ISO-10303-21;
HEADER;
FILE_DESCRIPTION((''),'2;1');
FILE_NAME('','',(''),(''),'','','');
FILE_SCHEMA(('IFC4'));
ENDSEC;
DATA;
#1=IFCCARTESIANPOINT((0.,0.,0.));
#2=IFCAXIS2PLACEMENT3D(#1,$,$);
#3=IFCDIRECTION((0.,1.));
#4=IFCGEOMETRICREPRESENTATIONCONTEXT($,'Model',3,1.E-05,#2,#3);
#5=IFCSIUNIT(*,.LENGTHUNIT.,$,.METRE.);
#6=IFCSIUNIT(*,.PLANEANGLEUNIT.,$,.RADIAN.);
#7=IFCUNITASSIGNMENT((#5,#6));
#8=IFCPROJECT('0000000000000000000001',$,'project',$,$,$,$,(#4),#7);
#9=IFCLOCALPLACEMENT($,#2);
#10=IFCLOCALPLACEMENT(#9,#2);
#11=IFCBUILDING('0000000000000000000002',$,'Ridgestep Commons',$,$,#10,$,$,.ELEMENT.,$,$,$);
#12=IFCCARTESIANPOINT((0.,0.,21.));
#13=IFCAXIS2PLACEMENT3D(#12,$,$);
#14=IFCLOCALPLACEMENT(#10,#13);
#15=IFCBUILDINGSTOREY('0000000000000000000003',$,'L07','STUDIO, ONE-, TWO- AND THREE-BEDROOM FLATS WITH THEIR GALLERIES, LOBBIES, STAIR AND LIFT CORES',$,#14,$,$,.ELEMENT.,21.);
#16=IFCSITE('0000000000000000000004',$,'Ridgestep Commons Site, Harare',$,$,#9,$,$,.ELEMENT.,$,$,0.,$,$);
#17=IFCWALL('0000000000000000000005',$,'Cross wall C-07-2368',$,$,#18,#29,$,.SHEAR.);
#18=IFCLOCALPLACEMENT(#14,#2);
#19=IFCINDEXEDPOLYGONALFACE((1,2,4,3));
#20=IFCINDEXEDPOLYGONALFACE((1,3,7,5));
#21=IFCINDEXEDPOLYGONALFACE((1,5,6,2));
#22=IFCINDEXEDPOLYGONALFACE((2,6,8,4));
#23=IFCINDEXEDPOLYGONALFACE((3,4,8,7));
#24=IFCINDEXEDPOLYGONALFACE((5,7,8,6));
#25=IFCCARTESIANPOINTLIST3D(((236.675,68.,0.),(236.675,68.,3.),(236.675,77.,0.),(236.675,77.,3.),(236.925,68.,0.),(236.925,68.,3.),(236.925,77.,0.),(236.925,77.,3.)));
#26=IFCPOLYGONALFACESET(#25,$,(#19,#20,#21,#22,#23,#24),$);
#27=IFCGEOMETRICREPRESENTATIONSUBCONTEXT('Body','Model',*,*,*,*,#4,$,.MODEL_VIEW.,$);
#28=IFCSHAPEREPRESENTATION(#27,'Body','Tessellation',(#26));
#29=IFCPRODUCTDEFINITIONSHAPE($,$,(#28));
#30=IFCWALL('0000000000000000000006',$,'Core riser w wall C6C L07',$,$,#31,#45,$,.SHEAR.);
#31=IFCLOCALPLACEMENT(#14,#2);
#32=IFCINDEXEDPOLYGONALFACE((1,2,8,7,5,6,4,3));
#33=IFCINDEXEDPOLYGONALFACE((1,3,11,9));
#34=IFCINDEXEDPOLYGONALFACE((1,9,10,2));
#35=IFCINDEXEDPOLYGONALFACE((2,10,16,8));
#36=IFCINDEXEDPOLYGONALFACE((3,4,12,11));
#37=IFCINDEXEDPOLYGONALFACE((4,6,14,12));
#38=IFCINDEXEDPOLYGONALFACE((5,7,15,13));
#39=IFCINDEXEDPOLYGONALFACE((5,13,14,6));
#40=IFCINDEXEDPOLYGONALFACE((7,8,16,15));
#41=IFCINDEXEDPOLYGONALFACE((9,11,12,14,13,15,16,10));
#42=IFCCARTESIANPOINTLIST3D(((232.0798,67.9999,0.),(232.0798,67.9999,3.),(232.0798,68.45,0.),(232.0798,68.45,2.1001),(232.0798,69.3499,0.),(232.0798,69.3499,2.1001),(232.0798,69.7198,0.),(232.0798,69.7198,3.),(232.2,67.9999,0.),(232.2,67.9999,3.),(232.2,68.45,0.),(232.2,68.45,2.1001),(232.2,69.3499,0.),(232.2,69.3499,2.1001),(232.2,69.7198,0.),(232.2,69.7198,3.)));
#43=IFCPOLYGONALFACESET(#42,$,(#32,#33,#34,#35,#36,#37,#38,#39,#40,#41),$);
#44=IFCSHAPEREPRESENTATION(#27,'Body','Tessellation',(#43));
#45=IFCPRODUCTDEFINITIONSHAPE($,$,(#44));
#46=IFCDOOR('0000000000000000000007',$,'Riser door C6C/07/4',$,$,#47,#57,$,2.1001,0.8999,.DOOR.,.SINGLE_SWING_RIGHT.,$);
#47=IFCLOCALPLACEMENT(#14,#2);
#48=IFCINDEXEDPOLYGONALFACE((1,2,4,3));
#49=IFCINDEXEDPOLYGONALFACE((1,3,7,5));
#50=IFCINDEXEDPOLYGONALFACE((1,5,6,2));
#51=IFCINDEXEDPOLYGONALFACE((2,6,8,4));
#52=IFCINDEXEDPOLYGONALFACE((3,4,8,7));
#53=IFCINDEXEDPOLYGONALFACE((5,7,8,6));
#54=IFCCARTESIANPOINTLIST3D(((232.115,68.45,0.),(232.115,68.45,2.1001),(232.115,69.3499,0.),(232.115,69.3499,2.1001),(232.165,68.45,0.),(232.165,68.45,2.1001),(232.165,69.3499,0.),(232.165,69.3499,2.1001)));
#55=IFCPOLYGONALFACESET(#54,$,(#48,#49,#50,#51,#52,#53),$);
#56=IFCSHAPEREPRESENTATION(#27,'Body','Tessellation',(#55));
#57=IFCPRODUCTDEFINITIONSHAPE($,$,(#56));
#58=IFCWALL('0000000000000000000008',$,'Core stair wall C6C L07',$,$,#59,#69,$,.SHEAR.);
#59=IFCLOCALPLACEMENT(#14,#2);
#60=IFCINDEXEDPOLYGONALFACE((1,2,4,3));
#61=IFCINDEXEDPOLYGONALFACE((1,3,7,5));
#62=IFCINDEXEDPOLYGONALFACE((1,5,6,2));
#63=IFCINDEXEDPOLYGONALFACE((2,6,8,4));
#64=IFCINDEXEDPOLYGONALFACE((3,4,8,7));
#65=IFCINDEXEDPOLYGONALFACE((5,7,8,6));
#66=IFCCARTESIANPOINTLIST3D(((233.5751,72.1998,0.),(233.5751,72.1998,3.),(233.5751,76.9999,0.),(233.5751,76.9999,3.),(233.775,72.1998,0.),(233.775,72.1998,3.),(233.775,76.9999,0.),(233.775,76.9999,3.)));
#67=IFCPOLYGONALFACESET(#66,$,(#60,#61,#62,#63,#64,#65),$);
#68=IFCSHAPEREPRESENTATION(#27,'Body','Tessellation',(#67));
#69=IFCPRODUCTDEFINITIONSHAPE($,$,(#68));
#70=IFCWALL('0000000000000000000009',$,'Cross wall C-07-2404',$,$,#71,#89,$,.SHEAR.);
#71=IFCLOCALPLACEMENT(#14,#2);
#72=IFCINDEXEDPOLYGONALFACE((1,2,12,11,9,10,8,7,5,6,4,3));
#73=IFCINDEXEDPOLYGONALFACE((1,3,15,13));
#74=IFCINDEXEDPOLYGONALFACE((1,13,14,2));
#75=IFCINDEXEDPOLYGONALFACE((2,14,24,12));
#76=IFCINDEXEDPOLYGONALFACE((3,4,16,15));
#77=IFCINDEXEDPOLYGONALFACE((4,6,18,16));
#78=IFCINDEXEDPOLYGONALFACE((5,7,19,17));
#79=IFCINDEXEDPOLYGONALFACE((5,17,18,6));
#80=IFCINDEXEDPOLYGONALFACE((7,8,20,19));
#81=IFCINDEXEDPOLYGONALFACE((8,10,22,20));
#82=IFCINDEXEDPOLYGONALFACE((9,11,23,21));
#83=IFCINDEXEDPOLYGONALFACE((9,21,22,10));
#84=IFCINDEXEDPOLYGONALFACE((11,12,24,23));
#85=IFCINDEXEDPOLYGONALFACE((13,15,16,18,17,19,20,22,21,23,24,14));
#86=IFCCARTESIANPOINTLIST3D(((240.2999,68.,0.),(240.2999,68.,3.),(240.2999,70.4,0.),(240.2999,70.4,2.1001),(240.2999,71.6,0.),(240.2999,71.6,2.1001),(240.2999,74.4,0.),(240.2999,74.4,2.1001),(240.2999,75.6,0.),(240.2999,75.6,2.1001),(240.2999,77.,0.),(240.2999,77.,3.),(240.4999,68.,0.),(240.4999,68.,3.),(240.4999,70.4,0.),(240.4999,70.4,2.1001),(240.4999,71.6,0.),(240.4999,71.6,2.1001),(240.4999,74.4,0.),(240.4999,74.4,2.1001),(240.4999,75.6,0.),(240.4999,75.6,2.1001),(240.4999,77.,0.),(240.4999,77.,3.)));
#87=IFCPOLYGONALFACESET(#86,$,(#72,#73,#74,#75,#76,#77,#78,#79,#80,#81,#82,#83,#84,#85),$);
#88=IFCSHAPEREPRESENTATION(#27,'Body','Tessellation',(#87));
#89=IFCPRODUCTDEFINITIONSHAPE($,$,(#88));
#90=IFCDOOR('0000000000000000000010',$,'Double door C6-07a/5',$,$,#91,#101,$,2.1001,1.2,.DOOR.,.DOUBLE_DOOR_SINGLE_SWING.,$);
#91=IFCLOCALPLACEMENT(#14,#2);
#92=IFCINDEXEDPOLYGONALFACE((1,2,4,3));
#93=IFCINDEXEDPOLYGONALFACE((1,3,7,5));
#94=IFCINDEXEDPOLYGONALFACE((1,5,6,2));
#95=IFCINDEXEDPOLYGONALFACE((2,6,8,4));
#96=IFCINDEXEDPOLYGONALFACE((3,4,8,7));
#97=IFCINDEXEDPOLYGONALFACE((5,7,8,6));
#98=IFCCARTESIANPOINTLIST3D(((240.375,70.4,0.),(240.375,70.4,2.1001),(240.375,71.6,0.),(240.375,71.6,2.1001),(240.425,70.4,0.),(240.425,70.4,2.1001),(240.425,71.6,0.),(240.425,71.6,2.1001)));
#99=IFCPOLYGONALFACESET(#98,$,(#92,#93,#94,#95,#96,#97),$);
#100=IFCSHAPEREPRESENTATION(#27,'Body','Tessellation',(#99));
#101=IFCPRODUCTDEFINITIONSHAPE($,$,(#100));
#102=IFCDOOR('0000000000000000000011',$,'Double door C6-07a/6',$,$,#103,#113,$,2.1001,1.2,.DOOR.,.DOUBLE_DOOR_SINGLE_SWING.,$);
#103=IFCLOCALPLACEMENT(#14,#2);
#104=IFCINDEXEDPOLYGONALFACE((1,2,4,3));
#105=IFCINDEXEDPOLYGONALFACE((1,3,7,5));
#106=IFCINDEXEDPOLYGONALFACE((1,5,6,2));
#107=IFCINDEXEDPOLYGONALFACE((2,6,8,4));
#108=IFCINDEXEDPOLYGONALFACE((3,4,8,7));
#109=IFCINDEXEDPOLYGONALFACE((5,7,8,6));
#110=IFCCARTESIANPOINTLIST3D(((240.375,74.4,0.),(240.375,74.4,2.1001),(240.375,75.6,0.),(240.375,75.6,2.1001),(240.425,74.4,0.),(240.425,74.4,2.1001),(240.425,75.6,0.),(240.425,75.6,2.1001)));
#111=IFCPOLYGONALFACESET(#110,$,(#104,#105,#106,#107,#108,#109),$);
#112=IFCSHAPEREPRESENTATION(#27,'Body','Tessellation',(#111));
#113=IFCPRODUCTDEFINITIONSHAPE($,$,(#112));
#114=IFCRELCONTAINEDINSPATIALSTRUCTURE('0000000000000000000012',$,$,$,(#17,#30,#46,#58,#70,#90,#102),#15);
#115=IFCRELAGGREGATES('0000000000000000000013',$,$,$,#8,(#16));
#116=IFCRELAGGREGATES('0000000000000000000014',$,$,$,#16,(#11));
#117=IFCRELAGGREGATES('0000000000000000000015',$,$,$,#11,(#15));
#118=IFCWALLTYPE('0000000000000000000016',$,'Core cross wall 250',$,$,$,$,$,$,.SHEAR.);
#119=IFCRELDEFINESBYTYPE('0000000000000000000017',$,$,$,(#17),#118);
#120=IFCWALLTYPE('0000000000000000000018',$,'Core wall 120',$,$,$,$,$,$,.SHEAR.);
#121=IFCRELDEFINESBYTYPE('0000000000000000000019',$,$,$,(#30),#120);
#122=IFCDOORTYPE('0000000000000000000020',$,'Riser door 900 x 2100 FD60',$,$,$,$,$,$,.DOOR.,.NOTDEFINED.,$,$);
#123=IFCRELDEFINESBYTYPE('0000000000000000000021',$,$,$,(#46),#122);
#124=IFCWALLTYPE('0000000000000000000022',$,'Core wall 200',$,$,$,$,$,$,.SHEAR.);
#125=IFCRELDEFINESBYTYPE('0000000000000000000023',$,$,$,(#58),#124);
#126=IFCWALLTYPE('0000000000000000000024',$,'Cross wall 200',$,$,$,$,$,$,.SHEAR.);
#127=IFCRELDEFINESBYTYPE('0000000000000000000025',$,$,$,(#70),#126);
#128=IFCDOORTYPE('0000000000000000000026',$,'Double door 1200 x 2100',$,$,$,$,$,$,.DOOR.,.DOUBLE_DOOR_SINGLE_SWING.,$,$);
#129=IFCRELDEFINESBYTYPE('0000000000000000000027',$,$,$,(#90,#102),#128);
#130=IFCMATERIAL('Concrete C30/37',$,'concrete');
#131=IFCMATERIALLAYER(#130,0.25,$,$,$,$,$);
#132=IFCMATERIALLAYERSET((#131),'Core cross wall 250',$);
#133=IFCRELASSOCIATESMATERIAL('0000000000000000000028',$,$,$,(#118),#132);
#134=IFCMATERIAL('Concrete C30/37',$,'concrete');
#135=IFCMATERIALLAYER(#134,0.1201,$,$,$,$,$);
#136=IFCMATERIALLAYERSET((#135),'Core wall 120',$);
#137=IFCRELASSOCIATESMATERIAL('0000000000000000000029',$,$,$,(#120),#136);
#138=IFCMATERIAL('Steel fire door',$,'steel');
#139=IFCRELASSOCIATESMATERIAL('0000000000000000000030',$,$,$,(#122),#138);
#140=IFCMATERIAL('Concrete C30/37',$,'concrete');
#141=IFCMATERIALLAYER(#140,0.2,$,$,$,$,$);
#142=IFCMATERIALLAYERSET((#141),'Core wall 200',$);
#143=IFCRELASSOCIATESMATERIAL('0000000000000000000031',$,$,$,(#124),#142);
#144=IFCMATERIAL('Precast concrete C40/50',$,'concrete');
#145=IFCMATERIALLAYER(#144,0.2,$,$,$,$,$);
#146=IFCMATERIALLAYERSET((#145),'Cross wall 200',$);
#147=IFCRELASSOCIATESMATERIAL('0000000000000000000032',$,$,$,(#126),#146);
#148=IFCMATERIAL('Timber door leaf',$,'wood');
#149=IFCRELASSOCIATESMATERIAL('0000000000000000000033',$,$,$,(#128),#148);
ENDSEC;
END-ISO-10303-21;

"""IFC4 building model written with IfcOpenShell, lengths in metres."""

from ifc_helpers import new_model, si_unit, direction, frame, frame_2d, origin, place, context, subcontext, project, spatial, rectangle, extrude, material, layer, layer_set, type_object, element, fill, save


model = new_model("IFC4")

# Units and contexts
model_context = context("Model", 3, precision=1e-05, world=origin(), true_north=direction((0.0, 1.0)))
body_context = subcontext(model_context, "Body", "Model", "MODEL_VIEW")
ifc_project = project(units=[si_unit("LENGTHUNIT", "METRE"), si_unit("PLANEANGLEUNIT", "RADIAN")], contexts=[model_context])

# Site, building, storey
site_placement = place(None, origin())
site = spatial("IfcSite", under=ifc_project, at=site_placement, Name="Ridgestep Commons Site, Harare", CompositionType="ELEMENT", RefElevation=0.0)
building_placement = place(site_placement, origin())
building = spatial("IfcBuilding", under=site, at=building_placement, Name="Ridgestep Commons", CompositionType="ELEMENT")
storey_placement = place(building_placement, frame((0.0, 0.0, 21.0)))
storey = spatial("IfcBuildingStorey", under=building, at=storey_placement, Name="L07", Description="STUDIO, ONE-, TWO- AND THREE-BEDROOM FLATS WITH THEIR GALLERIES, LOBBIES, STAIR AND LIFT CORES", CompositionType="ELEMENT", Elevation=21.0)

# Wall
ifc_material_1 = material(Name="Concrete C30/37", Category="concrete")
ifc_layer_1 = layer(ifc_material_1, 0.25)
ifc_layer_set_1 = layer_set([ifc_layer_1], Name="Core cross wall 250")
wall_type_1 = type_object("IfcWallType", Name="Core cross wall 250", PredefinedType="SHEAR", material=ifc_layer_set_1)
wall_1_placement = place(storey_placement, frame((236.8, 68.0, 0.0), z_axis=(0.0, 0.0, 1.0), x_axis=(0.0, 1.0, 0.0)))
element("IfcWall", 1, at=wall_1_placement, inside=storey, type_object=wall_type_1, Name="Cross wall C-07-2368", PredefinedType="SHEAR", context=body_context, shape_type="SweptSolid", body=[
    extrude(rectangle(XDim=9.0, YDim=0.25, at=frame_2d((4.5, 0.0))), origin(), (0.0, 0.0, 1.0), 3.0),
])

# Wall, opening, door
ifc_material_2 = material(Name="Concrete C30/37", Category="concrete")
ifc_layer_2 = layer(ifc_material_2, 0.1201)
ifc_layer_set_2 = layer_set([ifc_layer_2], Name="Core wall 120")
wall_type_2 = type_object("IfcWallType", Name="Core wall 120", PredefinedType="SHEAR", material=ifc_layer_set_2)
wall_2_placement = place(storey_placement, frame((232.1399, 68.0, 0.0), z_axis=(0.0, 0.0, 1.0), x_axis=(0.0, 1.0, 0.0)))
wall_2 = element("IfcWall", 2, at=wall_2_placement, inside=storey, type_object=wall_type_2, Name="Core riser w wall C6C L07", PredefinedType="SHEAR", context=body_context, shape_type="SweptSolid", body=[
    extrude(rectangle(XDim=1.72, YDim=0.1201, at=frame_2d((0.8599, 0.0))), origin(), (0.0, 0.0, 1.0), 3.0),
])
opening_1_placement = place(wall_2_placement, frame((0.45, 0.0, 0.0)))
opening_1 = element("IfcOpeningElement", 3, at=opening_1_placement, cuts=wall_2, PredefinedType="OPENING", context=body_context, shape_type="SweptSolid", body=[
    extrude(rectangle(XDim=0.8999, YDim=2.1001, at=frame_2d((0.45, 1.05))), frame((0.0, 0.0701, 0.0), z_axis=(0.0, -1.0, 0.0), x_axis=(1.0, 0.0, 0.0)), (0.0, 0.0, 1.0), 0.1401),
])
ifc_material_3 = material(Name="Steel fire door", Category="steel")
door_type_1 = type_object("IfcDoorType", Name="Riser door 900 x 2100 FD60", OperationType="NOTDEFINED", PredefinedType="DOOR", material=ifc_material_3)
door_1_placement = place(opening_1_placement, origin())
door_1 = element("IfcDoor", 4, at=door_1_placement, inside=storey, type_object=door_type_1, Name="Riser door C6C/07/4", OperationType="SINGLE_SWING_RIGHT", OverallHeight=2.1001, OverallWidth=0.8999, PredefinedType="DOOR", context=body_context, shape_type="SweptSolid", body=[
    extrude(rectangle(XDim=0.8999, YDim=2.1001, at=frame_2d((0.45, 1.05))), frame((0.0, 0.0249, 0.0), z_axis=(0.0, -1.0, 0.0), x_axis=(1.0, 0.0, 0.0)), (0.0, 0.0, 1.0), 0.05),
])
fill(opening_1, door_1)

# Wall
ifc_material_4 = material(Name="Concrete C30/37", Category="concrete")
ifc_layer_3 = layer(ifc_material_4, 0.2)
ifc_layer_set_3 = layer_set([ifc_layer_3], Name="Core wall 200")
wall_type_3 = type_object("IfcWallType", Name="Core wall 200", PredefinedType="SHEAR", material=ifc_layer_set_3)
wall_3_placement = place(storey_placement, frame((233.675, 72.2, 0.0), z_axis=(0.0, 0.0, 1.0), x_axis=(0.0, 1.0, 0.0)))
element("IfcWall", 5, at=wall_3_placement, inside=storey, type_object=wall_type_3, Name="Core stair wall C6C L07", PredefinedType="SHEAR", context=body_context, shape_type="SweptSolid", body=[
    extrude(rectangle(XDim=4.8, YDim=0.2, at=frame_2d((2.3999, 0.0))), origin(), (0.0, 0.0, 1.0), 3.0),
])

# Wall, openings, doors
ifc_material_5 = material(Name="Precast concrete C40/50", Category="concrete")
ifc_layer_4 = layer(ifc_material_5, 0.2)
ifc_layer_set_4 = layer_set([ifc_layer_4], Name="Cross wall 200")
wall_type_4 = type_object("IfcWallType", Name="Cross wall 200", PredefinedType="SHEAR", material=ifc_layer_set_4)
wall_4_placement = place(storey_placement, frame((240.3999, 68.0, 0.0), z_axis=(0.0, 0.0, 1.0), x_axis=(0.0, 1.0, 0.0)))
wall_4 = element("IfcWall", 6, at=wall_4_placement, inside=storey, type_object=wall_type_4, Name="Cross wall C-07-2404", PredefinedType="SHEAR", context=body_context, shape_type="SweptSolid", body=[
    extrude(rectangle(XDim=9.0, YDim=0.2, at=frame_2d((4.5, 0.0))), origin(), (0.0, 0.0, 1.0), 3.0),
])
opening_2_placement = place(wall_4_placement, frame((2.3999, 0.0, 0.0)))
opening_2 = element("IfcOpeningElement", 7, at=opening_2_placement, cuts=wall_4, PredefinedType="OPENING", context=body_context, shape_type="SweptSolid", body=[
    extrude(rectangle(XDim=1.2, YDim=2.1001, at=frame_2d((0.6001, 1.05))), frame((0.0, 0.1099, 0.0), z_axis=(0.0, -1.0, 0.0), x_axis=(1.0, 0.0, 0.0)), (0.0, 0.0, 1.0), 0.22),
])
opening_3_placement = place(wall_4_placement, frame((6.3999, 0.0, 0.0)))
opening_3 = element("IfcOpeningElement", 8, at=opening_3_placement, cuts=wall_4, PredefinedType="OPENING", context=body_context, shape_type="SweptSolid", body=[
    extrude(rectangle(XDim=1.2, YDim=2.1001, at=frame_2d((0.6001, 1.05))), frame((0.0, 0.1099, 0.0), z_axis=(0.0, -1.0, 0.0), x_axis=(1.0, 0.0, 0.0)), (0.0, 0.0, 1.0), 0.22),
])
ifc_material_6 = material(Name="Timber door leaf", Category="wood")
door_type_2 = type_object("IfcDoorType", Name="Double door 1200 x 2100", OperationType="DOUBLE_DOOR_SINGLE_SWING", PredefinedType="DOOR", material=ifc_material_6)
door_2_placement = place(opening_2_placement, origin())
door_2 = element("IfcDoor", 9, at=door_2_placement, inside=storey, type_object=door_type_2, Name="Double door C6-07a/5", OperationType="DOUBLE_DOOR_SINGLE_SWING", OverallHeight=2.1001, OverallWidth=1.2, PredefinedType="DOOR", context=body_context, shape_type="SweptSolid", body=[
    extrude(rectangle(XDim=1.2, YDim=2.1001, at=frame_2d((0.6001, 1.05))), frame((0.0, 0.0249, 0.0), z_axis=(0.0, -1.0, 0.0), x_axis=(1.0, 0.0, 0.0)), (0.0, 0.0, 1.0), 0.05),
])
fill(opening_2, door_2)
door_3_placement = place(opening_3_placement, origin())
door_3 = element("IfcDoor", 10, at=door_3_placement, inside=storey, type_object=door_type_2, Name="Double door C6-07a/6", OperationType="DOUBLE_DOOR_SINGLE_SWING", OverallHeight=2.1001, OverallWidth=1.2, PredefinedType="DOOR", context=body_context, shape_type="SweptSolid", body=[
    extrude(rectangle(XDim=1.2, YDim=2.1001, at=frame_2d((0.6001, 1.05))), frame((0.0, 0.0249, 0.0), z_axis=(0.0, -1.0, 0.0), x_axis=(1.0, 0.0, 0.0)), (0.0, 0.0, 1.0), 0.05),
])
fill(opening_3, door_3)

save(model, "model.ifc")
